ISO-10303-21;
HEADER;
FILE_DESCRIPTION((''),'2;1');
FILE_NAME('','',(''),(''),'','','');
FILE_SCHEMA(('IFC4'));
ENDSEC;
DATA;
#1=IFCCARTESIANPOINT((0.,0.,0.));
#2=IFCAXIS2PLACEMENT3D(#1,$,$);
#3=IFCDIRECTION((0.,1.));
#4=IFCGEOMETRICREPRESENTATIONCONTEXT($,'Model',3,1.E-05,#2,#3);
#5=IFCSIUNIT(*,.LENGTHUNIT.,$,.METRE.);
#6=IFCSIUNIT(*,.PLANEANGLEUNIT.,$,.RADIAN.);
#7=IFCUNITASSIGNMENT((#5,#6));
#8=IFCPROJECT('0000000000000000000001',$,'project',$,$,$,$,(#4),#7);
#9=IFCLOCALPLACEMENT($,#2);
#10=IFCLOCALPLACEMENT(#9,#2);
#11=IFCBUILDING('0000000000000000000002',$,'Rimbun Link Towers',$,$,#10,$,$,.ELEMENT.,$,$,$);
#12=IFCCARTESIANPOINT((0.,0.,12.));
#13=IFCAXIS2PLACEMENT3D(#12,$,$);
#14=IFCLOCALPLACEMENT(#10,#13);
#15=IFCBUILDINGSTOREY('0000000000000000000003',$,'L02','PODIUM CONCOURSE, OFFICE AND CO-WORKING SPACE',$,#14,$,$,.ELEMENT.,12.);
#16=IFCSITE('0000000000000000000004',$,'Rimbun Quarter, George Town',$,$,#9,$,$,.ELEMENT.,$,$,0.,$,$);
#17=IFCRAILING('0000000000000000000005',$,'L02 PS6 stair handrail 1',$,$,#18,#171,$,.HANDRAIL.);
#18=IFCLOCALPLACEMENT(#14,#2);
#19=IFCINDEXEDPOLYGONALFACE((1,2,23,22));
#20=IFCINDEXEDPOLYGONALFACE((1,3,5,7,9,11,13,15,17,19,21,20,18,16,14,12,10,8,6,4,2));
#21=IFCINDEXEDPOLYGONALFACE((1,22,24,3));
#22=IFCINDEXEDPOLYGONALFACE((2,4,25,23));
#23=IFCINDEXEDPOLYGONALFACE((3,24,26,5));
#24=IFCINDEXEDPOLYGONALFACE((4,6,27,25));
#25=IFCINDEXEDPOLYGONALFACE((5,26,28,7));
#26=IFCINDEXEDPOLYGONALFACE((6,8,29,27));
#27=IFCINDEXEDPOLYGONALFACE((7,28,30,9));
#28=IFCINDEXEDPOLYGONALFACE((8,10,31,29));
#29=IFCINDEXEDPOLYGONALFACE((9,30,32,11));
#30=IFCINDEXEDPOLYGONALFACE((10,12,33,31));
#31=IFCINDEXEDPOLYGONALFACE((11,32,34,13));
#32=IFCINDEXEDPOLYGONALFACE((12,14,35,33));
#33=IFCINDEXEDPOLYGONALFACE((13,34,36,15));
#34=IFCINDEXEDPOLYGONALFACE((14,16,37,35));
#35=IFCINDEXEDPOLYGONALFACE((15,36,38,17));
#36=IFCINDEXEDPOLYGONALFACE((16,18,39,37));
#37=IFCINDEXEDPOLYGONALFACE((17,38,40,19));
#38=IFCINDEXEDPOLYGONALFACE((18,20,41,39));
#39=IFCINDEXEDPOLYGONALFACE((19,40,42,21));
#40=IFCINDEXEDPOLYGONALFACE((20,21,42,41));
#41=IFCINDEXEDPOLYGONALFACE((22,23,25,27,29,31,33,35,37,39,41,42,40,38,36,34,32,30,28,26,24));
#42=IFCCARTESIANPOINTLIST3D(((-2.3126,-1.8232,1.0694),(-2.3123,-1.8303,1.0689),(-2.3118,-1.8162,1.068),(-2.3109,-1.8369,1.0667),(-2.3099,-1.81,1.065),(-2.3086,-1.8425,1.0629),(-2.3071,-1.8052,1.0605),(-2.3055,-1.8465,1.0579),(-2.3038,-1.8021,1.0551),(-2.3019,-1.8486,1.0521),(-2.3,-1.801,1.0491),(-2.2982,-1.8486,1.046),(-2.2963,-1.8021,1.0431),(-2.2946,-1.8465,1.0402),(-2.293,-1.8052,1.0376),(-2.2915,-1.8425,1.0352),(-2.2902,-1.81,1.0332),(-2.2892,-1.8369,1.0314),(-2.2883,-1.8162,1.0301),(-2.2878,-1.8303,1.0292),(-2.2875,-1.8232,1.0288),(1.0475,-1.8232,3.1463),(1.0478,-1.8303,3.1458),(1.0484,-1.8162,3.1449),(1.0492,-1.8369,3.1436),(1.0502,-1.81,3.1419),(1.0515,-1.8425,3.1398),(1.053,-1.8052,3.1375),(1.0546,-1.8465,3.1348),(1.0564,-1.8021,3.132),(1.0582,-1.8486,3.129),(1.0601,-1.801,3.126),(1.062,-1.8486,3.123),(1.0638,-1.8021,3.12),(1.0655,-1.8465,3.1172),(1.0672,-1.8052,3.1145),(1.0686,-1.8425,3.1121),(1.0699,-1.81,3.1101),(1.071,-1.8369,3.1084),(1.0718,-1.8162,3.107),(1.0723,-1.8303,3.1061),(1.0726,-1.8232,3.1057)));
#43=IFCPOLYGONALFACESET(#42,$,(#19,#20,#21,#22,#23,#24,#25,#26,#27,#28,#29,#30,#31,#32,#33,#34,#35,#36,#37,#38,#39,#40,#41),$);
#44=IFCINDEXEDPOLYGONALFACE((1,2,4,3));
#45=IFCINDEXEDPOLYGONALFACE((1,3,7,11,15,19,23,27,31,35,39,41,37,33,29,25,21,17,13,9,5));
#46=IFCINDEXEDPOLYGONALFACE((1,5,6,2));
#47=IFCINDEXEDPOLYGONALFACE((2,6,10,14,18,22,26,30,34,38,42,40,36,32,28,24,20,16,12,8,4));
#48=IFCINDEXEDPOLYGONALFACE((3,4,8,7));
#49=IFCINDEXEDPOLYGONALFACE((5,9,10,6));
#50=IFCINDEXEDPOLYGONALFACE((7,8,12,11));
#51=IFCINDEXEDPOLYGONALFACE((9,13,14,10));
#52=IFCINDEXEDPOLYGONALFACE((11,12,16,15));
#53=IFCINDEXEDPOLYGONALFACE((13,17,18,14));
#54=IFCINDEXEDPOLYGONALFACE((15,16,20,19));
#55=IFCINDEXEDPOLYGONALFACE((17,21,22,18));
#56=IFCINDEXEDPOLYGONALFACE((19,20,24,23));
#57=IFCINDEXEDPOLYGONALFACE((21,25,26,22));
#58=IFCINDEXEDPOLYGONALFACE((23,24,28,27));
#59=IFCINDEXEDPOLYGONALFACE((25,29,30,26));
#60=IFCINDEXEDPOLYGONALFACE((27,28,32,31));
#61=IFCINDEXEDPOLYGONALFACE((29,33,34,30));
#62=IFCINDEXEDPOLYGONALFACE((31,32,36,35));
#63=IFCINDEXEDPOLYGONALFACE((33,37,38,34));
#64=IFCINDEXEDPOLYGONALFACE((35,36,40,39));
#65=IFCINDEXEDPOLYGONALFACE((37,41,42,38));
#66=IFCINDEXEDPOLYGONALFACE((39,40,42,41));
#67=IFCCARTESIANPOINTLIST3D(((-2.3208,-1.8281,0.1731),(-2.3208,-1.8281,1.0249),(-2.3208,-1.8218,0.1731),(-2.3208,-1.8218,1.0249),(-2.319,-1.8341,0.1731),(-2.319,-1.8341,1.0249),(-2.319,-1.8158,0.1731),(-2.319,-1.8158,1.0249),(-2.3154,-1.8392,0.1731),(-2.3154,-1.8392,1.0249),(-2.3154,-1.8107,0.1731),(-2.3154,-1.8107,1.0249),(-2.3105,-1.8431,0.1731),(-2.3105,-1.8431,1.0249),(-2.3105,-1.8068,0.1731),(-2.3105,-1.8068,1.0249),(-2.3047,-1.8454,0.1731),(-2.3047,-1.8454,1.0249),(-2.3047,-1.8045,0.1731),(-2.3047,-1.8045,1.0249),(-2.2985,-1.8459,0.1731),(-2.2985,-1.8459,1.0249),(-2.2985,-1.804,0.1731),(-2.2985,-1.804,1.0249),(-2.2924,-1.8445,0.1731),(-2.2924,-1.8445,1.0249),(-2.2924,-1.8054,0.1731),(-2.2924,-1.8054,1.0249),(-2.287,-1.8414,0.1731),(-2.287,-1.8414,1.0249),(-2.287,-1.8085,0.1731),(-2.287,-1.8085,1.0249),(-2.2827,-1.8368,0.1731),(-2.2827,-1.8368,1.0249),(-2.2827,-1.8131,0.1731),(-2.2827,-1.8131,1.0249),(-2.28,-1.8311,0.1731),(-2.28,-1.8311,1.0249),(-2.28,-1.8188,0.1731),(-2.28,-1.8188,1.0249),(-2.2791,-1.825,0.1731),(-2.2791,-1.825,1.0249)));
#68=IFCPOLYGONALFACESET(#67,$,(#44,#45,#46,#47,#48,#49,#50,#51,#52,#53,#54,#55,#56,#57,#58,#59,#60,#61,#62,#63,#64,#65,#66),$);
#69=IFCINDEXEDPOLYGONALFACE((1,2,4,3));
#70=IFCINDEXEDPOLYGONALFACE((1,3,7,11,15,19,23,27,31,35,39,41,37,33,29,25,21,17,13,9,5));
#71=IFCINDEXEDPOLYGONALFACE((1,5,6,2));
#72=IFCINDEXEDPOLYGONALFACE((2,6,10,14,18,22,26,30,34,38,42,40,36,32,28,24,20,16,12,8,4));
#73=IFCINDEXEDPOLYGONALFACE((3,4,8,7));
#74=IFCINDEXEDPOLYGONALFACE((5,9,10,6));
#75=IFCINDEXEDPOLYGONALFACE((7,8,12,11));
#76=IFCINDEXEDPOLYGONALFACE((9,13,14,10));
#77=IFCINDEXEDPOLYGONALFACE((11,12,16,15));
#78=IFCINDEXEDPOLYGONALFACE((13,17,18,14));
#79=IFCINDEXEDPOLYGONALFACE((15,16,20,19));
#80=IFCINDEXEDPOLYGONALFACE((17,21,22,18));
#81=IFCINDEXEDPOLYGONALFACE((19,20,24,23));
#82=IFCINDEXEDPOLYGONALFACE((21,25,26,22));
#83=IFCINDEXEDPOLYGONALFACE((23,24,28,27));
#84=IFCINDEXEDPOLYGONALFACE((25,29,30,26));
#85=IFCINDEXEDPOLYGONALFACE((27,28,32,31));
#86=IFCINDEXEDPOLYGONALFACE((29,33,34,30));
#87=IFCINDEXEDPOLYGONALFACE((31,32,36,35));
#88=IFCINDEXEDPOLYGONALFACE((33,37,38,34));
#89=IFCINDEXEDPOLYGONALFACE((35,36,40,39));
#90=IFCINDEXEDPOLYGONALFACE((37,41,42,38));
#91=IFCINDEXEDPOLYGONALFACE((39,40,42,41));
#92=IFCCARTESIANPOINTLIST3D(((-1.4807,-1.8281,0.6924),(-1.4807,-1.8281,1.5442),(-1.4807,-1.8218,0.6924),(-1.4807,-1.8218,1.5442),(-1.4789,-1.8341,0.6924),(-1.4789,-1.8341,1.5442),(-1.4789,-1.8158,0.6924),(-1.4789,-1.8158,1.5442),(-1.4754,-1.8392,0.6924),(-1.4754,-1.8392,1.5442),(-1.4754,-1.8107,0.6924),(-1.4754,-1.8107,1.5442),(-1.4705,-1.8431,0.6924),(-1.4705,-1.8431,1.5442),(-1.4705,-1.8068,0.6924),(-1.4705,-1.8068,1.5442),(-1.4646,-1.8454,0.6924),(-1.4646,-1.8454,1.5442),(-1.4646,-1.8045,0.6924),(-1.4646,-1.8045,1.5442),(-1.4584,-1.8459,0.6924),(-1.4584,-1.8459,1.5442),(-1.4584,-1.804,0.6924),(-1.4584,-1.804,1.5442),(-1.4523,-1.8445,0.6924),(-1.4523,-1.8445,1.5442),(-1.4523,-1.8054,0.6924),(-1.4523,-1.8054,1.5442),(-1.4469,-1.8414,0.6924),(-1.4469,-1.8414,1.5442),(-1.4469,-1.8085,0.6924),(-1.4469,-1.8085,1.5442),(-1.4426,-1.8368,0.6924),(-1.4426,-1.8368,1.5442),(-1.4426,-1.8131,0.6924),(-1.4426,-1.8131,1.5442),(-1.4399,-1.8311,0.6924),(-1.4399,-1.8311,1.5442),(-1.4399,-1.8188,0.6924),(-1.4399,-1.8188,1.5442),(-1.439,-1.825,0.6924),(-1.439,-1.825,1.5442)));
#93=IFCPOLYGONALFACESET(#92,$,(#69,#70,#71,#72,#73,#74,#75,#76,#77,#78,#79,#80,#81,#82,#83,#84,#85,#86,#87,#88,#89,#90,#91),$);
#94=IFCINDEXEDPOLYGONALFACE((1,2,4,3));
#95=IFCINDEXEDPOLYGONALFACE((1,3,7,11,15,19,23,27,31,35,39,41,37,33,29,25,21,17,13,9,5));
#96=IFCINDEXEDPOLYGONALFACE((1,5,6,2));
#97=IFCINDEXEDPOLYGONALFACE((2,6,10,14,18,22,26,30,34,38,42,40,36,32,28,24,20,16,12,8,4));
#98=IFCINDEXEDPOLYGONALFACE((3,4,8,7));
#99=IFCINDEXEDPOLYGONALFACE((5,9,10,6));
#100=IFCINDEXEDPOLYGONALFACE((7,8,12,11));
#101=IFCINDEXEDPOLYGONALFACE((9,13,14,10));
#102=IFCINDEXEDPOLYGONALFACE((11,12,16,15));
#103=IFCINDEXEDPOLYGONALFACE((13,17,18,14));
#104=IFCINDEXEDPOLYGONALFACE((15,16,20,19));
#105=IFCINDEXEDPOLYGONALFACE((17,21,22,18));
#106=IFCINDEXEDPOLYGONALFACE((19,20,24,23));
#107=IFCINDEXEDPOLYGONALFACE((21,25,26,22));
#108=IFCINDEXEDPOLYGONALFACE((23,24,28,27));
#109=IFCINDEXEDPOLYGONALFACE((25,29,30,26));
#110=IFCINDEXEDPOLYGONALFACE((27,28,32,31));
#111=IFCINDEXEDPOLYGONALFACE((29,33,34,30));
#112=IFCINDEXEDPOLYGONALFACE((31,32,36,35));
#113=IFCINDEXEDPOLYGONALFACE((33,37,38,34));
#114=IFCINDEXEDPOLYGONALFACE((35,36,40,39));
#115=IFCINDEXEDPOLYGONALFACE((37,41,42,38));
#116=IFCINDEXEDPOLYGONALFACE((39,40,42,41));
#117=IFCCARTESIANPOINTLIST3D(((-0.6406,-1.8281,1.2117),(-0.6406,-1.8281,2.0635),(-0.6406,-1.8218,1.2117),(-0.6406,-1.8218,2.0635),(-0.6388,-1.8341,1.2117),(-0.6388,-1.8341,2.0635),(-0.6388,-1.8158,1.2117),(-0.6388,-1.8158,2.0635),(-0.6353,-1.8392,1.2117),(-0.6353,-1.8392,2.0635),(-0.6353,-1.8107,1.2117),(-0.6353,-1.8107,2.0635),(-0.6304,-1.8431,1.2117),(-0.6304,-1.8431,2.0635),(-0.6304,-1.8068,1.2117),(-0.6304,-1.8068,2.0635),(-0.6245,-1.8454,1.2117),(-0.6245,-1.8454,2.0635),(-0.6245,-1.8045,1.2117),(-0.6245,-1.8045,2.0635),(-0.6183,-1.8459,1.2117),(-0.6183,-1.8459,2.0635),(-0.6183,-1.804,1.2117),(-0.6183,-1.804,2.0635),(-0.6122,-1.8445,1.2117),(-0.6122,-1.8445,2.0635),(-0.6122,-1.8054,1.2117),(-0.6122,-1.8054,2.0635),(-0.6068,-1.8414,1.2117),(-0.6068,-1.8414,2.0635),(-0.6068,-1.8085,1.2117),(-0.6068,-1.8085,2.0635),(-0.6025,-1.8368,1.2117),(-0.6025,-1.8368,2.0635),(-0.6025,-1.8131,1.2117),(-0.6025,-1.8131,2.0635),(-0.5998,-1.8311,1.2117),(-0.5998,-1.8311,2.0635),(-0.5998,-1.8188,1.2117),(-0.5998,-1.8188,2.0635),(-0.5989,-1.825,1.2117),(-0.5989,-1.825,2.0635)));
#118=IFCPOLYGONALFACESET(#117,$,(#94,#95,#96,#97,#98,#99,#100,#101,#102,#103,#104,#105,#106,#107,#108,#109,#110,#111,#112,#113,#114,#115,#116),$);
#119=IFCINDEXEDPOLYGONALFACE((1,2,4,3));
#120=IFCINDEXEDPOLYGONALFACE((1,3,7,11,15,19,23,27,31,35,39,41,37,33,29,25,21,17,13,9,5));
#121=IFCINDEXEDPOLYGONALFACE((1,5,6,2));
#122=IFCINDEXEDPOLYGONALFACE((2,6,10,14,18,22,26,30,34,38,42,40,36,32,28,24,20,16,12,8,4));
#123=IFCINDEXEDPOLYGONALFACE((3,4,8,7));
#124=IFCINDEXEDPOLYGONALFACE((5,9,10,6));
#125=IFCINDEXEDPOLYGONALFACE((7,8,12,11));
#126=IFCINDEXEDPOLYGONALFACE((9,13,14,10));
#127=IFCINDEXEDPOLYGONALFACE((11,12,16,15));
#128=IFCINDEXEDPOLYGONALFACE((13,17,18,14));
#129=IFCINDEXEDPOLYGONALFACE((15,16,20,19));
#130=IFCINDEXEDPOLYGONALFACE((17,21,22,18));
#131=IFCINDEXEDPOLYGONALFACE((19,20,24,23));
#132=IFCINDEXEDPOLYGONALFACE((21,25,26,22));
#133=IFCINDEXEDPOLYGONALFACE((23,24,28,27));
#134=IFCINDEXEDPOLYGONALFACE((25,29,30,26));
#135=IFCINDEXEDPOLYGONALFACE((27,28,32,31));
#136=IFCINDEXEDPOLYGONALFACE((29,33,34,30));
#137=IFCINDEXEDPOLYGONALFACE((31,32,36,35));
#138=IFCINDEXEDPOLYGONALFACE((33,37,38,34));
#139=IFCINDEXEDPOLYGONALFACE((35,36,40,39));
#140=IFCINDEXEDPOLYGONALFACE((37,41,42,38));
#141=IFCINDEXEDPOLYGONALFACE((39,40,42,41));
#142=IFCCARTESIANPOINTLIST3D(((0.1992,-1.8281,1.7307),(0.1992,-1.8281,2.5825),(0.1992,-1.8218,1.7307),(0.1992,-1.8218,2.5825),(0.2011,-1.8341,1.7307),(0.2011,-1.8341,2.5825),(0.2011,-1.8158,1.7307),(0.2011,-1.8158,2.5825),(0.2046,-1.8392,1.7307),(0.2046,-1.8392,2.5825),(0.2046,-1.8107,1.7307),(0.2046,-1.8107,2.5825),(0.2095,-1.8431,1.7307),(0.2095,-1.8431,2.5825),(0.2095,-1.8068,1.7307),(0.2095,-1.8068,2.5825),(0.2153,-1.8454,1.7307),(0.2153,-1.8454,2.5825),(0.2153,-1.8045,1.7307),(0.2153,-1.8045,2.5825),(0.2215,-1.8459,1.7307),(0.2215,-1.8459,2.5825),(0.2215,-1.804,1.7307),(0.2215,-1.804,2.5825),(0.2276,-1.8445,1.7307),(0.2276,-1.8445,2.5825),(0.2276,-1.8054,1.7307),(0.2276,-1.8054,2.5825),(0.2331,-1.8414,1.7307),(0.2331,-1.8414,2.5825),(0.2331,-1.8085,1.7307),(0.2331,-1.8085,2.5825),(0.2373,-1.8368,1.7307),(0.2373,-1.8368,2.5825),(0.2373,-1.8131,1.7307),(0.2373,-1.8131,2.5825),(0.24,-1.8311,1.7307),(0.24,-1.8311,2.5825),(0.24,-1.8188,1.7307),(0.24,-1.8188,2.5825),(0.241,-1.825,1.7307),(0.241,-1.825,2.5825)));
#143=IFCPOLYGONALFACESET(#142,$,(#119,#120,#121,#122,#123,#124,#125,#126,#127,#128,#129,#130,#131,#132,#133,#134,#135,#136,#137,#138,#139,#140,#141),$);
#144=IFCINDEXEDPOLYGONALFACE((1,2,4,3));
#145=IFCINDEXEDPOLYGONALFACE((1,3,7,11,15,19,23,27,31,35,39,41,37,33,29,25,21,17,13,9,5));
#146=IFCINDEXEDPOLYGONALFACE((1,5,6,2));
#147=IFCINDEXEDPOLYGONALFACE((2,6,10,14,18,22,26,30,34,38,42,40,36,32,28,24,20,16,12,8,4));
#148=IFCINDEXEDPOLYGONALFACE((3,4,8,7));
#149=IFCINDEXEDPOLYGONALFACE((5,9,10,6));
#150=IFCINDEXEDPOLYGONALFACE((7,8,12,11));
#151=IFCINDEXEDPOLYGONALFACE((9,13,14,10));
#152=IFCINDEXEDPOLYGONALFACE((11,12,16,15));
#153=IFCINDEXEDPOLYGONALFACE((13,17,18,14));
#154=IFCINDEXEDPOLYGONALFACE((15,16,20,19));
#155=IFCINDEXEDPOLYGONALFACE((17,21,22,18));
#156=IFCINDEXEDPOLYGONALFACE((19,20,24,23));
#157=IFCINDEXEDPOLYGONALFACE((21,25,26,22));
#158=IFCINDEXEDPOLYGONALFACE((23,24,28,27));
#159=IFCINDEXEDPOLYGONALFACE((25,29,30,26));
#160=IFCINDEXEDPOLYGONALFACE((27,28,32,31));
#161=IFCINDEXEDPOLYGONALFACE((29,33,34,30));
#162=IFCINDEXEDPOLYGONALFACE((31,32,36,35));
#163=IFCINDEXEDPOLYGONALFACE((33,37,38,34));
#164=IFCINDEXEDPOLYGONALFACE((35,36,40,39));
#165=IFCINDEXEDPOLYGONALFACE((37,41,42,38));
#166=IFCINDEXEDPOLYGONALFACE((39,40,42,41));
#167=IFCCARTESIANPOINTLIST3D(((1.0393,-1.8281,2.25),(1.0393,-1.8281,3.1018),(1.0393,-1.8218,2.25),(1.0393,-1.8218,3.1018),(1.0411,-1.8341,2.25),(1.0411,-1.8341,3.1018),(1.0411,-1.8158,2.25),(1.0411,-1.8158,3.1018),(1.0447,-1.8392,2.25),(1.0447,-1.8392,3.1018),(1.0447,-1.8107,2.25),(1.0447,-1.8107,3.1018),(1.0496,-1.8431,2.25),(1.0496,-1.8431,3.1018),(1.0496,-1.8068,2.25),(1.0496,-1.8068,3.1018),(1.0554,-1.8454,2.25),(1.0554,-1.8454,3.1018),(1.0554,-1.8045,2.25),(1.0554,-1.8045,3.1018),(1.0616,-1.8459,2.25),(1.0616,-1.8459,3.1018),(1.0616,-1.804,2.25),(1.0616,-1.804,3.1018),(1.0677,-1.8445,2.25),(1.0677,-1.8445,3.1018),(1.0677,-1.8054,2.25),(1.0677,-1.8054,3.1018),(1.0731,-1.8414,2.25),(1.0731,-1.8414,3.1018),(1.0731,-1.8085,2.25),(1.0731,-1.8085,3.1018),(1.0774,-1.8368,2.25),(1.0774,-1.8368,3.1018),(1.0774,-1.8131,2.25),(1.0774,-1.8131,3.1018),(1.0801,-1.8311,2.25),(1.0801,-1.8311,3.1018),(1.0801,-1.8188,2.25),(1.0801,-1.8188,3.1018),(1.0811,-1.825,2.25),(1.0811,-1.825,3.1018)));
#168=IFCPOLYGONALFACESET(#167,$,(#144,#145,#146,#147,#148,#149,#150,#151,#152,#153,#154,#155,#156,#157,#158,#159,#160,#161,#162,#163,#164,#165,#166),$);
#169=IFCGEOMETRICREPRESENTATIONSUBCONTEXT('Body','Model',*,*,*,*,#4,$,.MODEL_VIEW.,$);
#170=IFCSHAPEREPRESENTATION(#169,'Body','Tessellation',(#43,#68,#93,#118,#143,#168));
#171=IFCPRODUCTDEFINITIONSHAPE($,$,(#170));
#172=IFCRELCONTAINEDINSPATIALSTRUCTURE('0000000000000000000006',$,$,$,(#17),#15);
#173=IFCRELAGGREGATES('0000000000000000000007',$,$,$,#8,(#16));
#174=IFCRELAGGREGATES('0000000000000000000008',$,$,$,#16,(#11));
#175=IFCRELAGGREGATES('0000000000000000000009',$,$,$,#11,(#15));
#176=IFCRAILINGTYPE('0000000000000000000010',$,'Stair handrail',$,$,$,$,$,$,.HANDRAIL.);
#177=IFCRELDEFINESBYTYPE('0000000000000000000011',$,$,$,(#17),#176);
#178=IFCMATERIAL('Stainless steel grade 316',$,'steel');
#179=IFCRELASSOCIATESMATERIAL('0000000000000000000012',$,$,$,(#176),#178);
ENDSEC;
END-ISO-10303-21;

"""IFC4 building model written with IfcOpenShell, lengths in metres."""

from ifc_helpers import new_model, si_unit, direction, frame, origin, origin_2d, place, context, subcontext, project, spatial, circle, extrude, material, type_object, element, save


model = new_model("IFC4")

# Units and contexts
model_context = context("Model", 3, precision=1e-05, world=origin(), true_north=direction((0.0, 1.0)))
body_context = subcontext(model_context, "Body", "Model", "MODEL_VIEW")
ifc_project = project(units=[si_unit("LENGTHUNIT", "METRE"), si_unit("PLANEANGLEUNIT", "RADIAN")], contexts=[model_context])

# Site, building, storey
site_placement = place(None, origin())
site = spatial("IfcSite", under=ifc_project, at=site_placement, Name="Rimbun Quarter, George Town", CompositionType="ELEMENT", RefElevation=0.0)
building_placement = place(site_placement, origin())
building = spatial("IfcBuilding", under=site, at=building_placement, Name="Rimbun Link Towers", CompositionType="ELEMENT")
storey_placement = place(building_placement, frame((0.0, 0.0, 12.0)))
storey = spatial("IfcBuildingStorey", under=building, at=storey_placement, Name="L02", Description="PODIUM CONCOURSE, OFFICE AND CO-WORKING SPACE", CompositionType="ELEMENT", Elevation=12.0)

# Railing
ifc_material_1 = material(Name="Stainless steel grade 316", Category="steel")
railing_type_1 = type_object("IfcRailingType", Name="Stair handrail", PredefinedType="HANDRAIL", material=ifc_material_1)
railing_1_placement = place(storey_placement, frame((-2.3, -1.825, 0.1731)))
element("IfcRailing", 1, at=railing_1_placement, inside=storey, type_object=railing_type_1, Name="L02 PS6 stair handrail 1", PredefinedType="HANDRAIL", context=body_context, shape_type="SweptSolid", body=[
    extrude(circle(Radius=0.0239, at=origin_2d()), frame((0.0, 0.0, 0.876), z_axis=(0.850623, 0.0, 0.525776), x_axis=(0.0, 1.0, 0.0)), (0.0, 0.0, 1.0), 3.9502),
    extrude(circle(Radius=0.021, at=origin_2d()), origin(), (0.0, 0.0, 1.0), 0.8518),
    extrude(circle(Radius=0.021, at=origin_2d()), frame((0.8401, 0.0, 0.5193)), (0.0, 0.0, 1.0), 0.8518),
    extrude(circle(Radius=0.021, at=origin_2d()), frame((1.6802, 0.0, 1.0386)), (0.0, 0.0, 1.0), 0.8518),
    extrude(circle(Radius=0.021, at=origin_2d()), frame((2.52, 0.0, 1.5576)), (0.0, 0.0, 1.0), 0.8518),
    extrude(circle(Radius=0.021, at=origin_2d()), frame((3.3601, 0.0, 2.0769)), (0.0, 0.0, 1.0), 0.8518),
])

save(model, "model.ifc")
